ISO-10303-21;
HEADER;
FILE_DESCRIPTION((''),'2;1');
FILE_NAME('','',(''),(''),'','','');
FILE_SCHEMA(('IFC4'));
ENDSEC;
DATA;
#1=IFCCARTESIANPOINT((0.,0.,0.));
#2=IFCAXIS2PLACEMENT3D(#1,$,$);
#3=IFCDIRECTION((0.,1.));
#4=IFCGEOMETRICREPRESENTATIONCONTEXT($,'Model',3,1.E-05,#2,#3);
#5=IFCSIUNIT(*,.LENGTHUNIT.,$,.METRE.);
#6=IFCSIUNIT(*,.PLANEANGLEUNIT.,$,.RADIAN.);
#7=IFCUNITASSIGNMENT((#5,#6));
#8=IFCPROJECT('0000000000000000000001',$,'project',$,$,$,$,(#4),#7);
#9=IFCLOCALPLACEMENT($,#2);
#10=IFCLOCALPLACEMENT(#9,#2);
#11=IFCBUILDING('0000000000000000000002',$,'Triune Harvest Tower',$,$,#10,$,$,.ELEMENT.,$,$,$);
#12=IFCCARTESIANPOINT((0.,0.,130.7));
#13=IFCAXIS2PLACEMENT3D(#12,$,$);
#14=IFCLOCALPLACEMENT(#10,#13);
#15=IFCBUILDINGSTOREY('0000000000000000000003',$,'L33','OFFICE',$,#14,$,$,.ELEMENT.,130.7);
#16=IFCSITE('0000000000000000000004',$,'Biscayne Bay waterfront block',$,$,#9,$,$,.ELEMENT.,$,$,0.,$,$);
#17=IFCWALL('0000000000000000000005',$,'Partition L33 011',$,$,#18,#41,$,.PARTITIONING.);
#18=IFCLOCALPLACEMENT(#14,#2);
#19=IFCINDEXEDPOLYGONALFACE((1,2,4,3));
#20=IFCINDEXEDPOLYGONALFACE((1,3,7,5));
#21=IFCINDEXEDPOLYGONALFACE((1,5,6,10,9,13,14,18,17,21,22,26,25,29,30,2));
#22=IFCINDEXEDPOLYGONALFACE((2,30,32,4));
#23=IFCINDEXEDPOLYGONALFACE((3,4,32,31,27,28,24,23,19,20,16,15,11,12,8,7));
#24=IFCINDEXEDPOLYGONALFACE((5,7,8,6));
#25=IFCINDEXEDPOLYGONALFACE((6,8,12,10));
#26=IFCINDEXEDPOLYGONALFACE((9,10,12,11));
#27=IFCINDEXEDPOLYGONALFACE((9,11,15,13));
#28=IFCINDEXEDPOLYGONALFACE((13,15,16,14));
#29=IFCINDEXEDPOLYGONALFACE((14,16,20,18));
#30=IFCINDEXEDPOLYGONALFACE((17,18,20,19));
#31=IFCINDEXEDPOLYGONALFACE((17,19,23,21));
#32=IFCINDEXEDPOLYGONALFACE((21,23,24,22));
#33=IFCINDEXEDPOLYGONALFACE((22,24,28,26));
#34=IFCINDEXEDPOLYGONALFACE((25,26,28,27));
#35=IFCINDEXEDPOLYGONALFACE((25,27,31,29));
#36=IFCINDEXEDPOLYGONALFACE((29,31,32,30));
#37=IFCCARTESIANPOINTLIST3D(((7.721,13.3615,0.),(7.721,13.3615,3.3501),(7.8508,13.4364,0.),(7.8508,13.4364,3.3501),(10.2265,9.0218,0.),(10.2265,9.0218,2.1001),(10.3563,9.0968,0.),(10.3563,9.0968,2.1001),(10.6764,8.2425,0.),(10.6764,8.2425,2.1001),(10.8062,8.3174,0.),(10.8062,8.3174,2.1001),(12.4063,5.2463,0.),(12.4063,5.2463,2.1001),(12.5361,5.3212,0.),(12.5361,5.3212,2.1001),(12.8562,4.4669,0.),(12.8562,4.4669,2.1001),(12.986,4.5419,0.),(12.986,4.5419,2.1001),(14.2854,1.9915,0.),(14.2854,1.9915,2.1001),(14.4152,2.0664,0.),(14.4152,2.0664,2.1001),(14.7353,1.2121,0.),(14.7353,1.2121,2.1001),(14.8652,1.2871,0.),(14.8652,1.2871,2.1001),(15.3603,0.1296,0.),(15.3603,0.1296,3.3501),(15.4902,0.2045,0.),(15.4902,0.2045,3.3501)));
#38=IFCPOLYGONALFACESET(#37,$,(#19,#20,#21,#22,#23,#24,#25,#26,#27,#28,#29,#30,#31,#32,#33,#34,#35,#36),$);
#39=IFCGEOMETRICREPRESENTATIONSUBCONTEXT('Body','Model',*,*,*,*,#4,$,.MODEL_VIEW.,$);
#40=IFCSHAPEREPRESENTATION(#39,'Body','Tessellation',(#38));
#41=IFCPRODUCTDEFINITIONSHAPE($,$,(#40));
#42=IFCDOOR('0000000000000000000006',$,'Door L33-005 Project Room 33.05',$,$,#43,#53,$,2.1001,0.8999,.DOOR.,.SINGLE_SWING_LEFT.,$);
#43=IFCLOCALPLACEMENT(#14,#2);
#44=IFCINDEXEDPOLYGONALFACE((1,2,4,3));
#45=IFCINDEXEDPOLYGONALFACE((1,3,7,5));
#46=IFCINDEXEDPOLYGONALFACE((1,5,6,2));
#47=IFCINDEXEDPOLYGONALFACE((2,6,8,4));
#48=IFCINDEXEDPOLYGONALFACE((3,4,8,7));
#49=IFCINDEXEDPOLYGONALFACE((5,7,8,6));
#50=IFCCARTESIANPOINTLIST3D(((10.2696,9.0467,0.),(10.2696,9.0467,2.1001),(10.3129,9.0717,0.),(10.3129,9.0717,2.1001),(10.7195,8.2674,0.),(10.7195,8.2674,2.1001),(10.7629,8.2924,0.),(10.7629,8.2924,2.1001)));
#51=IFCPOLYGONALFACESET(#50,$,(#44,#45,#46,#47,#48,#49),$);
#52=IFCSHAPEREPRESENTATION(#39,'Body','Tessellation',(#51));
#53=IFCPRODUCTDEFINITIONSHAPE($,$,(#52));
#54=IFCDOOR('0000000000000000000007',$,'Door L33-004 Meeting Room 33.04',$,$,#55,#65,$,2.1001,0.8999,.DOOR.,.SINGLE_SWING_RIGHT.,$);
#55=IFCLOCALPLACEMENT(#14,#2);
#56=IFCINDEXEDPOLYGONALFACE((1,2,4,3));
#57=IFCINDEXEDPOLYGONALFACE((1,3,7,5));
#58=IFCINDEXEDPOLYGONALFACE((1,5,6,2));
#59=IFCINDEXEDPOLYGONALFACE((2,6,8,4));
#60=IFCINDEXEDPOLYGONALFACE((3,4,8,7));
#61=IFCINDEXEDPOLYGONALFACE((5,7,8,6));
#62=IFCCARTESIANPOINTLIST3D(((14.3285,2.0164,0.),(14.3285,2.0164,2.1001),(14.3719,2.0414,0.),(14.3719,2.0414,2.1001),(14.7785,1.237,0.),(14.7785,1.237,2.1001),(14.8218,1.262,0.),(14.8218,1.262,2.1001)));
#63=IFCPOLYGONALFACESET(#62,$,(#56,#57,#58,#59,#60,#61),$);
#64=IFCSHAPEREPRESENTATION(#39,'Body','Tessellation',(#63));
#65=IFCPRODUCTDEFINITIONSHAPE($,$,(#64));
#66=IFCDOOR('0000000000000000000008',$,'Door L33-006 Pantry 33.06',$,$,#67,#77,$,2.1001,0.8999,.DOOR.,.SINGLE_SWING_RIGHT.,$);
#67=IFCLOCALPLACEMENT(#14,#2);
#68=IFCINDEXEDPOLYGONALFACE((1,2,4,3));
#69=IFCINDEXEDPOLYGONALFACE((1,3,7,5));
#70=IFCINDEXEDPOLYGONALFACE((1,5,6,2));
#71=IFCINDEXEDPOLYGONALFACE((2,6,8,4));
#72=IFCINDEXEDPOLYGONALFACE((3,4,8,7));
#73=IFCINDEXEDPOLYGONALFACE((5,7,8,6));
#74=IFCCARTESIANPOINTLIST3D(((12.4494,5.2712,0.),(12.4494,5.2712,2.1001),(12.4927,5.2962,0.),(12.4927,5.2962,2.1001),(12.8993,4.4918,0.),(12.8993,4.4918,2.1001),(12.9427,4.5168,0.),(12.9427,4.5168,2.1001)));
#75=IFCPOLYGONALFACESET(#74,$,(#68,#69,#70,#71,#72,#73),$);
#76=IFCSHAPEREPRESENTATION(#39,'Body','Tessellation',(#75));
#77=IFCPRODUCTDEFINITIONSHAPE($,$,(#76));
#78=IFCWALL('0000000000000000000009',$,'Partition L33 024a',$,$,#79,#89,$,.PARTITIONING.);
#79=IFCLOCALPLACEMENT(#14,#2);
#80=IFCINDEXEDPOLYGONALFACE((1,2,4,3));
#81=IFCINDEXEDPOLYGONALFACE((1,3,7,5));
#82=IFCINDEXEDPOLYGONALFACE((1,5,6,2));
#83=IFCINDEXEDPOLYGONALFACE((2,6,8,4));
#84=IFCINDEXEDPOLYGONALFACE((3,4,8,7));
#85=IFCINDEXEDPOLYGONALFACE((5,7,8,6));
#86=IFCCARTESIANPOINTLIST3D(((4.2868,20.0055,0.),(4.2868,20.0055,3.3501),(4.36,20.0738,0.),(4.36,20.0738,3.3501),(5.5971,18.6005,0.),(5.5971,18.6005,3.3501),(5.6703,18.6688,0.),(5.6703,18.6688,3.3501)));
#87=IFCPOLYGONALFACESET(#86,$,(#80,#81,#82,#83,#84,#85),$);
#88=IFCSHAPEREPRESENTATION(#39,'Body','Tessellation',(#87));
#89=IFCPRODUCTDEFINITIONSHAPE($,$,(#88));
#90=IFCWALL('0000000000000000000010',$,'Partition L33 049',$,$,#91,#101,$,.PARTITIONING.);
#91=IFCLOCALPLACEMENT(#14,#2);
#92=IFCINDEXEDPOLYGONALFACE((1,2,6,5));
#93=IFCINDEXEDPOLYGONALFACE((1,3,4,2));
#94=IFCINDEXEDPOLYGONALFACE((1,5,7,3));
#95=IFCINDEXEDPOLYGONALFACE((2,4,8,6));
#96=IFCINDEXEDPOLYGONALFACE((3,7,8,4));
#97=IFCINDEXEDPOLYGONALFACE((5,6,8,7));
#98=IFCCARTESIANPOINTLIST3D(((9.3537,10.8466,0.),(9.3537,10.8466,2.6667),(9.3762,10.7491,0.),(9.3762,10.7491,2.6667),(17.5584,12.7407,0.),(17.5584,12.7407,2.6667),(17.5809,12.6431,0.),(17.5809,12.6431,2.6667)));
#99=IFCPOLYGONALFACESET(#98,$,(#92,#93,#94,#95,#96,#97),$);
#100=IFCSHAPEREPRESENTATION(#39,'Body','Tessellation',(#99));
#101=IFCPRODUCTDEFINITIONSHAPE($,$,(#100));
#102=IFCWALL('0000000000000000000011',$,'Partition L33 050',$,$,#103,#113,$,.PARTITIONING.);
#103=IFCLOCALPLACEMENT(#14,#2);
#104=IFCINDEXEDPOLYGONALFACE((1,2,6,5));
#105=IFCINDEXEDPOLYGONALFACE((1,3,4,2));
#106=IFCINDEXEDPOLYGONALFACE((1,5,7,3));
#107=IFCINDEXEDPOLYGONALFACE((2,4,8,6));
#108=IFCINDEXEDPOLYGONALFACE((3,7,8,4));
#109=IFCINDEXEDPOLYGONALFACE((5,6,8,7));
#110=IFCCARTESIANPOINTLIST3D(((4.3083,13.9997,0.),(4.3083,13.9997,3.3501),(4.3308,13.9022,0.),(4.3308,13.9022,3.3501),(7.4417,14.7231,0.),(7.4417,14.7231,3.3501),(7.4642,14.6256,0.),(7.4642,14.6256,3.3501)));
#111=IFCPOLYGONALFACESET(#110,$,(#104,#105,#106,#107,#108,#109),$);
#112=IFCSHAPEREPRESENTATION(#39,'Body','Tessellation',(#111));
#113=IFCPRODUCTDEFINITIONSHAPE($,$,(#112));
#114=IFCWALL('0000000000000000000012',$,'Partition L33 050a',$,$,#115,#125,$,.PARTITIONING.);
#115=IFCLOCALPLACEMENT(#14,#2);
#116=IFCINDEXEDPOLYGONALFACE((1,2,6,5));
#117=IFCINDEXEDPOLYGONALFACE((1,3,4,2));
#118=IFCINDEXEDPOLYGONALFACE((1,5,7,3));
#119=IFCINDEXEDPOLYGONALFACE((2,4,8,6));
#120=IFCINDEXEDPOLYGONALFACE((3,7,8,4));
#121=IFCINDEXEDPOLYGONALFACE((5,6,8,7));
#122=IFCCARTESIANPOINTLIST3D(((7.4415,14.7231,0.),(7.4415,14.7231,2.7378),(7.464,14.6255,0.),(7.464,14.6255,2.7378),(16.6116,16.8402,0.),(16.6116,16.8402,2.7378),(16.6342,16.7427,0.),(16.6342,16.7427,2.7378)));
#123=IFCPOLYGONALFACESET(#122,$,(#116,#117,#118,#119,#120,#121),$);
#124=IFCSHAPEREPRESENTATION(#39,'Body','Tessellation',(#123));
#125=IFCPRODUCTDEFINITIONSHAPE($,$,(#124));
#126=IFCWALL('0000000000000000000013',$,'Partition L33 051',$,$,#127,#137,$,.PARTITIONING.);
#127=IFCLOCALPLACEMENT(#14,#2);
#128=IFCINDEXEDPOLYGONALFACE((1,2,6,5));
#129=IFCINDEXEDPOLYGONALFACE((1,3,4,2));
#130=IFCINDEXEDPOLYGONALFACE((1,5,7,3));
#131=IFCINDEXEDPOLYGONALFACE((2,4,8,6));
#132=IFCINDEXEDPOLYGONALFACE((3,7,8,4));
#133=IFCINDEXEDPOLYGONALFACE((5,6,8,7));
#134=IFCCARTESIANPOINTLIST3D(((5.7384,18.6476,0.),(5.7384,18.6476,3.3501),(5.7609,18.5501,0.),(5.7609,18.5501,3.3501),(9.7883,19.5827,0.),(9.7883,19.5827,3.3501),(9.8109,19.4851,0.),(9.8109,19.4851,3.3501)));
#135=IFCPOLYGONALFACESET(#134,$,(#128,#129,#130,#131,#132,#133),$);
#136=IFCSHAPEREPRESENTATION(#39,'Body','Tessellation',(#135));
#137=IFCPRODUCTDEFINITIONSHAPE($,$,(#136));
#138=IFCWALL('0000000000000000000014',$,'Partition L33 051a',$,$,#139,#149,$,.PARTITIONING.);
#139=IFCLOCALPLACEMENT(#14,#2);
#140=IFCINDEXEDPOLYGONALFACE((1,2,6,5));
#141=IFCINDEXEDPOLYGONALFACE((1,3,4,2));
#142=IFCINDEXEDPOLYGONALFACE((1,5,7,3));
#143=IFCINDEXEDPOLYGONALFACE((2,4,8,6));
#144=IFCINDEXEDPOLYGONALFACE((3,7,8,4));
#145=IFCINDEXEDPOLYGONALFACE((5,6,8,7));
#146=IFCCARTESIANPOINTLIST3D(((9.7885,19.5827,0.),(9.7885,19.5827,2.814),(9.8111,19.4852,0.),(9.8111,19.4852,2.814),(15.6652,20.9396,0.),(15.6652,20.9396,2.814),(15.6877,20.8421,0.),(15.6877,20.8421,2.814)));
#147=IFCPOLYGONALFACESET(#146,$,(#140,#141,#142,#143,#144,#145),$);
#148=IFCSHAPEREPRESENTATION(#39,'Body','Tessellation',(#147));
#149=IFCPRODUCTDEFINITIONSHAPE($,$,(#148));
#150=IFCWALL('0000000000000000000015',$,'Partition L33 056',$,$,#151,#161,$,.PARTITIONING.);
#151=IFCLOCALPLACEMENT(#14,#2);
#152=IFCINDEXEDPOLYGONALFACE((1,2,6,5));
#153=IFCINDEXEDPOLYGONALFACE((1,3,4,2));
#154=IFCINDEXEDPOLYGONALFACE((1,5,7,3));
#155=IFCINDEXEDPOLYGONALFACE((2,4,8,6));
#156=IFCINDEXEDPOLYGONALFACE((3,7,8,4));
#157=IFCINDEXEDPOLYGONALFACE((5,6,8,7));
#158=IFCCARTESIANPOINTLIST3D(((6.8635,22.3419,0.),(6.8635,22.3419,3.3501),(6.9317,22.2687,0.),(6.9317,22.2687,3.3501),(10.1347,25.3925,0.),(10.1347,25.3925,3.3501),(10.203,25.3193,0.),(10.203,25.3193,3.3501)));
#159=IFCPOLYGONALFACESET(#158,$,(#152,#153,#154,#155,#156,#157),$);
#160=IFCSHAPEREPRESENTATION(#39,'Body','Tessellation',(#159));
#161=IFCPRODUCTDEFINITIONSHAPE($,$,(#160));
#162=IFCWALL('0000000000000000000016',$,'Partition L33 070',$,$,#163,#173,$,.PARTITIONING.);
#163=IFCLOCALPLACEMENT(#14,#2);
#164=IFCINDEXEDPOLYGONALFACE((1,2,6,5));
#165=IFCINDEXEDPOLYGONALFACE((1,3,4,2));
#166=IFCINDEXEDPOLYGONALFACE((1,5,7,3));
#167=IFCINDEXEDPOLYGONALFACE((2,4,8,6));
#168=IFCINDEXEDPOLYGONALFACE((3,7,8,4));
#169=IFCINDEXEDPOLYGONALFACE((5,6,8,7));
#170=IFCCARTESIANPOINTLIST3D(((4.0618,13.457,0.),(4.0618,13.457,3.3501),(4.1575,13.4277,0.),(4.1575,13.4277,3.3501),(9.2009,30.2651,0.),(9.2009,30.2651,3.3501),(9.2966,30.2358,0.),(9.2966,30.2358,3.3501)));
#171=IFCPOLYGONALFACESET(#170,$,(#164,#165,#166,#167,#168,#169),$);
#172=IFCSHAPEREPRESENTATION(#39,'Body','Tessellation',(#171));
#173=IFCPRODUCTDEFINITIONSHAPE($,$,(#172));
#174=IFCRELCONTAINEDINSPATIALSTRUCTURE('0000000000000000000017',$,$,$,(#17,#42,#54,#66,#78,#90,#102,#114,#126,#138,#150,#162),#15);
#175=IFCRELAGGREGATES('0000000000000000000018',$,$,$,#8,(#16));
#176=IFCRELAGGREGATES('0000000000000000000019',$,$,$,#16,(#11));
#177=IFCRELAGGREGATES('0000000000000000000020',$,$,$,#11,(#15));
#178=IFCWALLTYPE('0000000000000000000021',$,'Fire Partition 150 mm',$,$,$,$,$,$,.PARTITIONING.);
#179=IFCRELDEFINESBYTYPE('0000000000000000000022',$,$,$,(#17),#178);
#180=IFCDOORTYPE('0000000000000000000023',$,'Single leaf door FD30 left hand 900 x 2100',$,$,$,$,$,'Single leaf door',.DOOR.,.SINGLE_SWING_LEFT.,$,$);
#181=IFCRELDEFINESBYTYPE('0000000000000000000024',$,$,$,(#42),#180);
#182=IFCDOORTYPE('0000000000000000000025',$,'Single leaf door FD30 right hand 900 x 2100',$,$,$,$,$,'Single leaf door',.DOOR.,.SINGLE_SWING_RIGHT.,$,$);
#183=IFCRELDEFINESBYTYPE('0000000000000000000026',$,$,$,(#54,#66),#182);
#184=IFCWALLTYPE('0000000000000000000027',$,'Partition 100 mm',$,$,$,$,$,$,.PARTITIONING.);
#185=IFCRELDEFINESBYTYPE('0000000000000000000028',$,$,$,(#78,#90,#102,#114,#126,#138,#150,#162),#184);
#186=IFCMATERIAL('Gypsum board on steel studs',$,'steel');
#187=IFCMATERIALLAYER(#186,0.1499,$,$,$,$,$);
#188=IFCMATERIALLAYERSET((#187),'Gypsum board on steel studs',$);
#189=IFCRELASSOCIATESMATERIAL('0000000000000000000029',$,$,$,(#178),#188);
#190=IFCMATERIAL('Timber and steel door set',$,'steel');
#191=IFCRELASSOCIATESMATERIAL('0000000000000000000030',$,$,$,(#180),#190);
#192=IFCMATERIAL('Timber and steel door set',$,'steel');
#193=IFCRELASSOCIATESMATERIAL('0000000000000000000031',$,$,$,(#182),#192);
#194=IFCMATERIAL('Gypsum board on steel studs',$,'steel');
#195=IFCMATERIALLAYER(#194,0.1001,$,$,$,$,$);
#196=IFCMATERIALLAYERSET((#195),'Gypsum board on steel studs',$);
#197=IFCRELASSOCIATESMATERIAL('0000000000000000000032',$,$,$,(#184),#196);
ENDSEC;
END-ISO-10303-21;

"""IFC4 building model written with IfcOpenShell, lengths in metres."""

from ifc_helpers import new_model, si_unit, direction, frame, frame_2d, origin, place, context, subcontext, project, spatial, rectangle, extrude, material, layer, layer_set, type_object, element, fill, save


model = new_model("IFC4")

# Units and contexts
model_context = context("Model", 3, precision=1e-05, world=origin(), true_north=direction((0.0, 1.0)))
body_context = subcontext(model_context, "Body", "Model", "MODEL_VIEW")
ifc_project = project(units=[si_unit("LENGTHUNIT", "METRE"), si_unit("PLANEANGLEUNIT", "RADIAN")], contexts=[model_context])

# Site, building, storey
site_placement = place(None, origin())
site = spatial("IfcSite", under=ifc_project, at=site_placement, Name="Biscayne Bay waterfront block", CompositionType="ELEMENT", RefElevation=0.0)
building_placement = place(site_placement, origin())
building = spatial("IfcBuilding", under=site, at=building_placement, Name="Triune Harvest Tower", CompositionType="ELEMENT")
storey_placement = place(building_placement, frame((0.0, 0.0, 130.7)))
storey = spatial("IfcBuildingStorey", under=building, at=storey_placement, Name="L33", Description="OFFICE", CompositionType="ELEMENT", Elevation=130.7)

# Wall, openings, doors
ifc_material_1 = material(Name="Gypsum board on steel studs", Category="steel")
ifc_layer_1 = layer(ifc_material_1, 0.1499)
ifc_layer_set_1 = layer_set([ifc_layer_1], Name="Gypsum board on steel studs")
wall_type_1 = type_object("IfcWallType", Name="Fire Partition 150 mm", PredefinedType="PARTITIONING", material=ifc_layer_set_1)
wall_1_placement = place(storey_placement, frame((7.7859, 13.3989, 0.0), z_axis=(0.0, 0.0, 1.0), x_axis=(0.499997, -0.866027, 0.0)))
wall_1 = element("IfcWall", 1, at=wall_1_placement, inside=storey, type_object=wall_type_1, Name="Partition L33 011", PredefinedType="PARTITIONING", context=body_context, shape_type="SweptSolid", body=[
    extrude(rectangle(XDim=15.2788, YDim=0.1499, at=frame_2d((7.6394, 0.0))), origin(), (0.0, 0.0, 1.0), 3.3501),
])
opening_1_placement = place(wall_1_placement, frame((13.1289, 0.0, 0.0)))
opening_1 = element("IfcOpeningElement", 2, at=opening_1_placement, cuts=wall_1, PredefinedType="OPENING", context=body_context, shape_type="SweptSolid", body=[
    extrude(rectangle(XDim=0.8999, YDim=2.1001, at=frame_2d((0.45, 1.05))), frame((0.0, 0.085, 0.0), z_axis=(0.0, -1.0, 0.0), x_axis=(1.0, 0.0, 0.0)), (0.0, 0.0, 1.0), 0.1699),
])
opening_2_placement = place(wall_1_placement, frame((5.011, 0.0, 0.0)))
opening_2 = element("IfcOpeningElement", 3, at=opening_2_placement, cuts=wall_1, PredefinedType="OPENING", context=body_context, shape_type="SweptSolid", body=[
    extrude(rectangle(XDim=0.8999, YDim=2.1001, at=frame_2d((0.45, 1.05))), frame((0.0, 0.085, 0.0), z_axis=(0.0, -1.0, 0.0), x_axis=(1.0, 0.0, 0.0)), (0.0, 0.0, 1.0), 0.1699),
])
opening_3_placement = place(wall_1_placement, frame((9.3706, 0.0, 0.0)))
opening_3 = element("IfcOpeningElement", 4, at=opening_3_placement, cuts=wall_1, PredefinedType="OPENING", context=body_context, shape_type="SweptSolid", body=[
    extrude(rectangle(XDim=0.8999, YDim=2.1001, at=frame_2d((0.45, 1.05))), frame((0.0, 0.085, 0.0), z_axis=(0.0, -1.0, 0.0), x_axis=(1.0, 0.0, 0.0)), (0.0, 0.0, 1.0), 0.1699),
])
ifc_material_2 = material(Name="Timber and steel door set", Category="steel")
door_type_1 = type_object("IfcDoorType", Name="Single leaf door FD30 left hand 900 x 2100", ElementType="Single leaf door", OperationType="SINGLE_SWING_LEFT", PredefinedType="DOOR", material=ifc_material_2)
door_1_placement = place(opening_2_placement, origin())
door_1 = element("IfcDoor", 5, at=door_1_placement, inside=storey, type_object=door_type_1, Name="Door L33-005 Project Room 33.05", OperationType="SINGLE_SWING_LEFT", OverallHeight=2.1001, OverallWidth=0.8999, PredefinedType="DOOR", context=body_context, shape_type="SweptSolid", body=[
    extrude(rectangle(XDim=0.8999, YDim=2.1001, at=frame_2d((0.45, 1.05))), frame((0.0, 0.0249, 0.0), z_axis=(0.0, -1.0, 0.0), x_axis=(1.0, 0.0, 0.0)), (0.0, 0.0, 1.0), 0.05),
])
fill(opening_2, door_1)
ifc_material_3 = material(Name="Timber and steel door set", Category="steel")
door_type_2 = type_object("IfcDoorType", Name="Single leaf door FD30 right hand 900 x 2100", ElementType="Single leaf door", OperationType="SINGLE_SWING_RIGHT", PredefinedType="DOOR", material=ifc_material_3)
door_2_placement = place(opening_1_placement, origin())
door_2 = element("IfcDoor", 6, at=door_2_placement, inside=storey, type_object=door_type_2, Name="Door L33-004 Meeting Room 33.04", OperationType="SINGLE_SWING_RIGHT", OverallHeight=2.1001, OverallWidth=0.8999, PredefinedType="DOOR", context=body_context, shape_type="SweptSolid", body=[
    extrude(rectangle(XDim=0.8999, YDim=2.1001, at=frame_2d((0.45, 1.05))), frame((0.0, 0.0249, 0.0), z_axis=(0.0, -1.0, 0.0), x_axis=(1.0, 0.0, 0.0)), (0.0, 0.0, 1.0), 0.05),
])
fill(opening_1, door_2)
door_3_placement = place(opening_3_placement, origin())
door_3 = element("IfcDoor", 7, at=door_3_placement, inside=storey, type_object=door_type_2, Name="Door L33-006 Pantry 33.06", OperationType="SINGLE_SWING_RIGHT", OverallHeight=2.1001, OverallWidth=0.8999, PredefinedType="DOOR", context=body_context, shape_type="SweptSolid", body=[
    extrude(rectangle(XDim=0.8999, YDim=2.1001, at=frame_2d((0.45, 1.05))), frame((0.0, 0.0249, 0.0), z_axis=(0.0, -1.0, 0.0), x_axis=(1.0, 0.0, 0.0)), (0.0, 0.0, 1.0), 0.05),
])
fill(opening_3, door_3)

# Walls
ifc_material_4 = material(Name="Gypsum board on steel studs", Category="steel")
ifc_layer_2 = layer(ifc_material_4, 0.1001)
ifc_layer_set_2 = layer_set([ifc_layer_2], Name="Gypsum board on steel studs")
wall_type_2 = type_object("IfcWallType", Name="Partition 100 mm", PredefinedType="PARTITIONING", material=ifc_layer_set_2)
wall_2_placement = place(storey_placement, frame((4.3235, 20.0396, 0.0), z_axis=(0.0, 0.0, 1.0), x_axis=(0.682024, -0.73133, 0.0)))
element("IfcWall", 8, at=wall_2_placement, inside=storey, type_object=wall_type_2, Name="Partition L33 024a", PredefinedType="PARTITIONING", context=body_context, shape_type="SweptSolid", body=[
    extrude(rectangle(XDim=1.9211, YDim=0.1001, at=frame_2d((0.9604, 0.0))), origin(), (0.0, 0.0, 1.0), 3.3501),
])
wall_3_placement = place(storey_placement, frame((9.365, 10.7979, 0.0), z_axis=(0.0, 0.0, 1.0), x_axis=(0.974374, 0.224936, 0.0)))
element("IfcWall", 9, at=wall_3_placement, inside=storey, type_object=wall_type_2, Name="Partition L33 049", PredefinedType="PARTITIONING", context=body_context, shape_type="SweptSolid", body=[
    extrude(rectangle(XDim=8.4204, YDim=0.1001, at=frame_2d((4.2102, 0.0))), origin(), (0.0, 0.0, 1.0), 2.6667),
])
wall_4_placement = place(storey_placement, frame((4.3196, 13.9509, 0.0), z_axis=(0.0, 0.0, 1.0), x_axis=(0.974369, 0.224954, 0.0)))
element("IfcWall", 10, at=wall_4_placement, inside=storey, type_object=wall_type_2, Name="Partition L33 050", PredefinedType="PARTITIONING", context=body_context, shape_type="SweptSolid", body=[
    extrude(rectangle(XDim=3.2158, YDim=0.1001, at=frame_2d((1.6079, 0.0))), origin(), (0.0, 0.0, 1.0), 3.3501),
])
wall_5_placement = place(storey_placement, frame((7.4529, 14.6743, 0.0), z_axis=(0.0, 0.0, 1.0), x_axis=(0.974368, 0.22496, 0.0)))
element("IfcWall", 11, at=wall_5_placement, inside=storey, type_object=wall_type_2, Name="Partition L33 050a", PredefinedType="PARTITIONING", context=body_context, shape_type="SweptSolid", body=[
    extrude(rectangle(XDim=9.4114, YDim=0.1001, at=frame_2d((4.7056, 0.0))), origin(), (0.0, 0.0, 1.0), 2.7378),
])
wall_6_placement = place(storey_placement, frame((5.7498, 18.5989, 0.0), z_axis=(0.0, 0.0, 1.0), x_axis=(0.974368, 0.224958, 0.0)))
element("IfcWall", 12, at=wall_6_placement, inside=storey, type_object=wall_type_2, Name="Partition L33 051", PredefinedType="PARTITIONING", context=body_context, shape_type="SweptSolid", body=[
    extrude(rectangle(XDim=4.1565, YDim=0.1001, at=frame_2d((2.0781, 0.0))), origin(), (0.0, 0.0, 1.0), 3.3501),
])
wall_7_placement = place(storey_placement, frame((9.7998, 19.5339, 0.0), z_axis=(0.0, 0.0, 1.0), x_axis=(0.974363, 0.224981, 0.0)))
element("IfcWall", 13, at=wall_7_placement, inside=storey, type_object=wall_type_2, Name="Partition L33 051a", PredefinedType="PARTITIONING", context=body_context, shape_type="SweptSolid", body=[
    extrude(rectangle(XDim=6.0312, YDim=0.1001, at=frame_2d((3.0156, 0.0))), origin(), (0.0, 0.0, 1.0), 2.814),
])
wall_8_placement = place(storey_placement, frame((6.8977, 22.3054, 0.0), z_axis=(0.0, 0.0, 1.0), x_axis=(0.731347, 0.682005, 0.0)))
element("IfcWall", 14, at=wall_8_placement, inside=storey, type_object=wall_type_2, Name="Partition L33 056", PredefinedType="PARTITIONING", context=body_context, shape_type="SweptSolid", body=[
    extrude(rectangle(XDim=4.4729, YDim=0.1001, at=frame_2d((2.2363, 0.0))), origin(), (0.0, 0.0, 1.0), 3.3501),
])
wall_9_placement = place(storey_placement, frame((4.1096, 13.4424, 0.0), z_axis=(0.0, 0.0, 1.0), x_axis=(0.292393, 0.956298, 0.0)))
element("IfcWall", 15, at=wall_9_placement, inside=storey, type_object=wall_type_2, Name="Partition L33 070", PredefinedType="PARTITIONING", context=body_context, shape_type="SweptSolid", body=[
    extrude(rectangle(XDim=17.5762, YDim=0.1001, at=frame_2d((8.7881, 0.0))), origin(), (0.0, 0.0, 1.0), 3.3501),
])

save(model, "model.ifc")
